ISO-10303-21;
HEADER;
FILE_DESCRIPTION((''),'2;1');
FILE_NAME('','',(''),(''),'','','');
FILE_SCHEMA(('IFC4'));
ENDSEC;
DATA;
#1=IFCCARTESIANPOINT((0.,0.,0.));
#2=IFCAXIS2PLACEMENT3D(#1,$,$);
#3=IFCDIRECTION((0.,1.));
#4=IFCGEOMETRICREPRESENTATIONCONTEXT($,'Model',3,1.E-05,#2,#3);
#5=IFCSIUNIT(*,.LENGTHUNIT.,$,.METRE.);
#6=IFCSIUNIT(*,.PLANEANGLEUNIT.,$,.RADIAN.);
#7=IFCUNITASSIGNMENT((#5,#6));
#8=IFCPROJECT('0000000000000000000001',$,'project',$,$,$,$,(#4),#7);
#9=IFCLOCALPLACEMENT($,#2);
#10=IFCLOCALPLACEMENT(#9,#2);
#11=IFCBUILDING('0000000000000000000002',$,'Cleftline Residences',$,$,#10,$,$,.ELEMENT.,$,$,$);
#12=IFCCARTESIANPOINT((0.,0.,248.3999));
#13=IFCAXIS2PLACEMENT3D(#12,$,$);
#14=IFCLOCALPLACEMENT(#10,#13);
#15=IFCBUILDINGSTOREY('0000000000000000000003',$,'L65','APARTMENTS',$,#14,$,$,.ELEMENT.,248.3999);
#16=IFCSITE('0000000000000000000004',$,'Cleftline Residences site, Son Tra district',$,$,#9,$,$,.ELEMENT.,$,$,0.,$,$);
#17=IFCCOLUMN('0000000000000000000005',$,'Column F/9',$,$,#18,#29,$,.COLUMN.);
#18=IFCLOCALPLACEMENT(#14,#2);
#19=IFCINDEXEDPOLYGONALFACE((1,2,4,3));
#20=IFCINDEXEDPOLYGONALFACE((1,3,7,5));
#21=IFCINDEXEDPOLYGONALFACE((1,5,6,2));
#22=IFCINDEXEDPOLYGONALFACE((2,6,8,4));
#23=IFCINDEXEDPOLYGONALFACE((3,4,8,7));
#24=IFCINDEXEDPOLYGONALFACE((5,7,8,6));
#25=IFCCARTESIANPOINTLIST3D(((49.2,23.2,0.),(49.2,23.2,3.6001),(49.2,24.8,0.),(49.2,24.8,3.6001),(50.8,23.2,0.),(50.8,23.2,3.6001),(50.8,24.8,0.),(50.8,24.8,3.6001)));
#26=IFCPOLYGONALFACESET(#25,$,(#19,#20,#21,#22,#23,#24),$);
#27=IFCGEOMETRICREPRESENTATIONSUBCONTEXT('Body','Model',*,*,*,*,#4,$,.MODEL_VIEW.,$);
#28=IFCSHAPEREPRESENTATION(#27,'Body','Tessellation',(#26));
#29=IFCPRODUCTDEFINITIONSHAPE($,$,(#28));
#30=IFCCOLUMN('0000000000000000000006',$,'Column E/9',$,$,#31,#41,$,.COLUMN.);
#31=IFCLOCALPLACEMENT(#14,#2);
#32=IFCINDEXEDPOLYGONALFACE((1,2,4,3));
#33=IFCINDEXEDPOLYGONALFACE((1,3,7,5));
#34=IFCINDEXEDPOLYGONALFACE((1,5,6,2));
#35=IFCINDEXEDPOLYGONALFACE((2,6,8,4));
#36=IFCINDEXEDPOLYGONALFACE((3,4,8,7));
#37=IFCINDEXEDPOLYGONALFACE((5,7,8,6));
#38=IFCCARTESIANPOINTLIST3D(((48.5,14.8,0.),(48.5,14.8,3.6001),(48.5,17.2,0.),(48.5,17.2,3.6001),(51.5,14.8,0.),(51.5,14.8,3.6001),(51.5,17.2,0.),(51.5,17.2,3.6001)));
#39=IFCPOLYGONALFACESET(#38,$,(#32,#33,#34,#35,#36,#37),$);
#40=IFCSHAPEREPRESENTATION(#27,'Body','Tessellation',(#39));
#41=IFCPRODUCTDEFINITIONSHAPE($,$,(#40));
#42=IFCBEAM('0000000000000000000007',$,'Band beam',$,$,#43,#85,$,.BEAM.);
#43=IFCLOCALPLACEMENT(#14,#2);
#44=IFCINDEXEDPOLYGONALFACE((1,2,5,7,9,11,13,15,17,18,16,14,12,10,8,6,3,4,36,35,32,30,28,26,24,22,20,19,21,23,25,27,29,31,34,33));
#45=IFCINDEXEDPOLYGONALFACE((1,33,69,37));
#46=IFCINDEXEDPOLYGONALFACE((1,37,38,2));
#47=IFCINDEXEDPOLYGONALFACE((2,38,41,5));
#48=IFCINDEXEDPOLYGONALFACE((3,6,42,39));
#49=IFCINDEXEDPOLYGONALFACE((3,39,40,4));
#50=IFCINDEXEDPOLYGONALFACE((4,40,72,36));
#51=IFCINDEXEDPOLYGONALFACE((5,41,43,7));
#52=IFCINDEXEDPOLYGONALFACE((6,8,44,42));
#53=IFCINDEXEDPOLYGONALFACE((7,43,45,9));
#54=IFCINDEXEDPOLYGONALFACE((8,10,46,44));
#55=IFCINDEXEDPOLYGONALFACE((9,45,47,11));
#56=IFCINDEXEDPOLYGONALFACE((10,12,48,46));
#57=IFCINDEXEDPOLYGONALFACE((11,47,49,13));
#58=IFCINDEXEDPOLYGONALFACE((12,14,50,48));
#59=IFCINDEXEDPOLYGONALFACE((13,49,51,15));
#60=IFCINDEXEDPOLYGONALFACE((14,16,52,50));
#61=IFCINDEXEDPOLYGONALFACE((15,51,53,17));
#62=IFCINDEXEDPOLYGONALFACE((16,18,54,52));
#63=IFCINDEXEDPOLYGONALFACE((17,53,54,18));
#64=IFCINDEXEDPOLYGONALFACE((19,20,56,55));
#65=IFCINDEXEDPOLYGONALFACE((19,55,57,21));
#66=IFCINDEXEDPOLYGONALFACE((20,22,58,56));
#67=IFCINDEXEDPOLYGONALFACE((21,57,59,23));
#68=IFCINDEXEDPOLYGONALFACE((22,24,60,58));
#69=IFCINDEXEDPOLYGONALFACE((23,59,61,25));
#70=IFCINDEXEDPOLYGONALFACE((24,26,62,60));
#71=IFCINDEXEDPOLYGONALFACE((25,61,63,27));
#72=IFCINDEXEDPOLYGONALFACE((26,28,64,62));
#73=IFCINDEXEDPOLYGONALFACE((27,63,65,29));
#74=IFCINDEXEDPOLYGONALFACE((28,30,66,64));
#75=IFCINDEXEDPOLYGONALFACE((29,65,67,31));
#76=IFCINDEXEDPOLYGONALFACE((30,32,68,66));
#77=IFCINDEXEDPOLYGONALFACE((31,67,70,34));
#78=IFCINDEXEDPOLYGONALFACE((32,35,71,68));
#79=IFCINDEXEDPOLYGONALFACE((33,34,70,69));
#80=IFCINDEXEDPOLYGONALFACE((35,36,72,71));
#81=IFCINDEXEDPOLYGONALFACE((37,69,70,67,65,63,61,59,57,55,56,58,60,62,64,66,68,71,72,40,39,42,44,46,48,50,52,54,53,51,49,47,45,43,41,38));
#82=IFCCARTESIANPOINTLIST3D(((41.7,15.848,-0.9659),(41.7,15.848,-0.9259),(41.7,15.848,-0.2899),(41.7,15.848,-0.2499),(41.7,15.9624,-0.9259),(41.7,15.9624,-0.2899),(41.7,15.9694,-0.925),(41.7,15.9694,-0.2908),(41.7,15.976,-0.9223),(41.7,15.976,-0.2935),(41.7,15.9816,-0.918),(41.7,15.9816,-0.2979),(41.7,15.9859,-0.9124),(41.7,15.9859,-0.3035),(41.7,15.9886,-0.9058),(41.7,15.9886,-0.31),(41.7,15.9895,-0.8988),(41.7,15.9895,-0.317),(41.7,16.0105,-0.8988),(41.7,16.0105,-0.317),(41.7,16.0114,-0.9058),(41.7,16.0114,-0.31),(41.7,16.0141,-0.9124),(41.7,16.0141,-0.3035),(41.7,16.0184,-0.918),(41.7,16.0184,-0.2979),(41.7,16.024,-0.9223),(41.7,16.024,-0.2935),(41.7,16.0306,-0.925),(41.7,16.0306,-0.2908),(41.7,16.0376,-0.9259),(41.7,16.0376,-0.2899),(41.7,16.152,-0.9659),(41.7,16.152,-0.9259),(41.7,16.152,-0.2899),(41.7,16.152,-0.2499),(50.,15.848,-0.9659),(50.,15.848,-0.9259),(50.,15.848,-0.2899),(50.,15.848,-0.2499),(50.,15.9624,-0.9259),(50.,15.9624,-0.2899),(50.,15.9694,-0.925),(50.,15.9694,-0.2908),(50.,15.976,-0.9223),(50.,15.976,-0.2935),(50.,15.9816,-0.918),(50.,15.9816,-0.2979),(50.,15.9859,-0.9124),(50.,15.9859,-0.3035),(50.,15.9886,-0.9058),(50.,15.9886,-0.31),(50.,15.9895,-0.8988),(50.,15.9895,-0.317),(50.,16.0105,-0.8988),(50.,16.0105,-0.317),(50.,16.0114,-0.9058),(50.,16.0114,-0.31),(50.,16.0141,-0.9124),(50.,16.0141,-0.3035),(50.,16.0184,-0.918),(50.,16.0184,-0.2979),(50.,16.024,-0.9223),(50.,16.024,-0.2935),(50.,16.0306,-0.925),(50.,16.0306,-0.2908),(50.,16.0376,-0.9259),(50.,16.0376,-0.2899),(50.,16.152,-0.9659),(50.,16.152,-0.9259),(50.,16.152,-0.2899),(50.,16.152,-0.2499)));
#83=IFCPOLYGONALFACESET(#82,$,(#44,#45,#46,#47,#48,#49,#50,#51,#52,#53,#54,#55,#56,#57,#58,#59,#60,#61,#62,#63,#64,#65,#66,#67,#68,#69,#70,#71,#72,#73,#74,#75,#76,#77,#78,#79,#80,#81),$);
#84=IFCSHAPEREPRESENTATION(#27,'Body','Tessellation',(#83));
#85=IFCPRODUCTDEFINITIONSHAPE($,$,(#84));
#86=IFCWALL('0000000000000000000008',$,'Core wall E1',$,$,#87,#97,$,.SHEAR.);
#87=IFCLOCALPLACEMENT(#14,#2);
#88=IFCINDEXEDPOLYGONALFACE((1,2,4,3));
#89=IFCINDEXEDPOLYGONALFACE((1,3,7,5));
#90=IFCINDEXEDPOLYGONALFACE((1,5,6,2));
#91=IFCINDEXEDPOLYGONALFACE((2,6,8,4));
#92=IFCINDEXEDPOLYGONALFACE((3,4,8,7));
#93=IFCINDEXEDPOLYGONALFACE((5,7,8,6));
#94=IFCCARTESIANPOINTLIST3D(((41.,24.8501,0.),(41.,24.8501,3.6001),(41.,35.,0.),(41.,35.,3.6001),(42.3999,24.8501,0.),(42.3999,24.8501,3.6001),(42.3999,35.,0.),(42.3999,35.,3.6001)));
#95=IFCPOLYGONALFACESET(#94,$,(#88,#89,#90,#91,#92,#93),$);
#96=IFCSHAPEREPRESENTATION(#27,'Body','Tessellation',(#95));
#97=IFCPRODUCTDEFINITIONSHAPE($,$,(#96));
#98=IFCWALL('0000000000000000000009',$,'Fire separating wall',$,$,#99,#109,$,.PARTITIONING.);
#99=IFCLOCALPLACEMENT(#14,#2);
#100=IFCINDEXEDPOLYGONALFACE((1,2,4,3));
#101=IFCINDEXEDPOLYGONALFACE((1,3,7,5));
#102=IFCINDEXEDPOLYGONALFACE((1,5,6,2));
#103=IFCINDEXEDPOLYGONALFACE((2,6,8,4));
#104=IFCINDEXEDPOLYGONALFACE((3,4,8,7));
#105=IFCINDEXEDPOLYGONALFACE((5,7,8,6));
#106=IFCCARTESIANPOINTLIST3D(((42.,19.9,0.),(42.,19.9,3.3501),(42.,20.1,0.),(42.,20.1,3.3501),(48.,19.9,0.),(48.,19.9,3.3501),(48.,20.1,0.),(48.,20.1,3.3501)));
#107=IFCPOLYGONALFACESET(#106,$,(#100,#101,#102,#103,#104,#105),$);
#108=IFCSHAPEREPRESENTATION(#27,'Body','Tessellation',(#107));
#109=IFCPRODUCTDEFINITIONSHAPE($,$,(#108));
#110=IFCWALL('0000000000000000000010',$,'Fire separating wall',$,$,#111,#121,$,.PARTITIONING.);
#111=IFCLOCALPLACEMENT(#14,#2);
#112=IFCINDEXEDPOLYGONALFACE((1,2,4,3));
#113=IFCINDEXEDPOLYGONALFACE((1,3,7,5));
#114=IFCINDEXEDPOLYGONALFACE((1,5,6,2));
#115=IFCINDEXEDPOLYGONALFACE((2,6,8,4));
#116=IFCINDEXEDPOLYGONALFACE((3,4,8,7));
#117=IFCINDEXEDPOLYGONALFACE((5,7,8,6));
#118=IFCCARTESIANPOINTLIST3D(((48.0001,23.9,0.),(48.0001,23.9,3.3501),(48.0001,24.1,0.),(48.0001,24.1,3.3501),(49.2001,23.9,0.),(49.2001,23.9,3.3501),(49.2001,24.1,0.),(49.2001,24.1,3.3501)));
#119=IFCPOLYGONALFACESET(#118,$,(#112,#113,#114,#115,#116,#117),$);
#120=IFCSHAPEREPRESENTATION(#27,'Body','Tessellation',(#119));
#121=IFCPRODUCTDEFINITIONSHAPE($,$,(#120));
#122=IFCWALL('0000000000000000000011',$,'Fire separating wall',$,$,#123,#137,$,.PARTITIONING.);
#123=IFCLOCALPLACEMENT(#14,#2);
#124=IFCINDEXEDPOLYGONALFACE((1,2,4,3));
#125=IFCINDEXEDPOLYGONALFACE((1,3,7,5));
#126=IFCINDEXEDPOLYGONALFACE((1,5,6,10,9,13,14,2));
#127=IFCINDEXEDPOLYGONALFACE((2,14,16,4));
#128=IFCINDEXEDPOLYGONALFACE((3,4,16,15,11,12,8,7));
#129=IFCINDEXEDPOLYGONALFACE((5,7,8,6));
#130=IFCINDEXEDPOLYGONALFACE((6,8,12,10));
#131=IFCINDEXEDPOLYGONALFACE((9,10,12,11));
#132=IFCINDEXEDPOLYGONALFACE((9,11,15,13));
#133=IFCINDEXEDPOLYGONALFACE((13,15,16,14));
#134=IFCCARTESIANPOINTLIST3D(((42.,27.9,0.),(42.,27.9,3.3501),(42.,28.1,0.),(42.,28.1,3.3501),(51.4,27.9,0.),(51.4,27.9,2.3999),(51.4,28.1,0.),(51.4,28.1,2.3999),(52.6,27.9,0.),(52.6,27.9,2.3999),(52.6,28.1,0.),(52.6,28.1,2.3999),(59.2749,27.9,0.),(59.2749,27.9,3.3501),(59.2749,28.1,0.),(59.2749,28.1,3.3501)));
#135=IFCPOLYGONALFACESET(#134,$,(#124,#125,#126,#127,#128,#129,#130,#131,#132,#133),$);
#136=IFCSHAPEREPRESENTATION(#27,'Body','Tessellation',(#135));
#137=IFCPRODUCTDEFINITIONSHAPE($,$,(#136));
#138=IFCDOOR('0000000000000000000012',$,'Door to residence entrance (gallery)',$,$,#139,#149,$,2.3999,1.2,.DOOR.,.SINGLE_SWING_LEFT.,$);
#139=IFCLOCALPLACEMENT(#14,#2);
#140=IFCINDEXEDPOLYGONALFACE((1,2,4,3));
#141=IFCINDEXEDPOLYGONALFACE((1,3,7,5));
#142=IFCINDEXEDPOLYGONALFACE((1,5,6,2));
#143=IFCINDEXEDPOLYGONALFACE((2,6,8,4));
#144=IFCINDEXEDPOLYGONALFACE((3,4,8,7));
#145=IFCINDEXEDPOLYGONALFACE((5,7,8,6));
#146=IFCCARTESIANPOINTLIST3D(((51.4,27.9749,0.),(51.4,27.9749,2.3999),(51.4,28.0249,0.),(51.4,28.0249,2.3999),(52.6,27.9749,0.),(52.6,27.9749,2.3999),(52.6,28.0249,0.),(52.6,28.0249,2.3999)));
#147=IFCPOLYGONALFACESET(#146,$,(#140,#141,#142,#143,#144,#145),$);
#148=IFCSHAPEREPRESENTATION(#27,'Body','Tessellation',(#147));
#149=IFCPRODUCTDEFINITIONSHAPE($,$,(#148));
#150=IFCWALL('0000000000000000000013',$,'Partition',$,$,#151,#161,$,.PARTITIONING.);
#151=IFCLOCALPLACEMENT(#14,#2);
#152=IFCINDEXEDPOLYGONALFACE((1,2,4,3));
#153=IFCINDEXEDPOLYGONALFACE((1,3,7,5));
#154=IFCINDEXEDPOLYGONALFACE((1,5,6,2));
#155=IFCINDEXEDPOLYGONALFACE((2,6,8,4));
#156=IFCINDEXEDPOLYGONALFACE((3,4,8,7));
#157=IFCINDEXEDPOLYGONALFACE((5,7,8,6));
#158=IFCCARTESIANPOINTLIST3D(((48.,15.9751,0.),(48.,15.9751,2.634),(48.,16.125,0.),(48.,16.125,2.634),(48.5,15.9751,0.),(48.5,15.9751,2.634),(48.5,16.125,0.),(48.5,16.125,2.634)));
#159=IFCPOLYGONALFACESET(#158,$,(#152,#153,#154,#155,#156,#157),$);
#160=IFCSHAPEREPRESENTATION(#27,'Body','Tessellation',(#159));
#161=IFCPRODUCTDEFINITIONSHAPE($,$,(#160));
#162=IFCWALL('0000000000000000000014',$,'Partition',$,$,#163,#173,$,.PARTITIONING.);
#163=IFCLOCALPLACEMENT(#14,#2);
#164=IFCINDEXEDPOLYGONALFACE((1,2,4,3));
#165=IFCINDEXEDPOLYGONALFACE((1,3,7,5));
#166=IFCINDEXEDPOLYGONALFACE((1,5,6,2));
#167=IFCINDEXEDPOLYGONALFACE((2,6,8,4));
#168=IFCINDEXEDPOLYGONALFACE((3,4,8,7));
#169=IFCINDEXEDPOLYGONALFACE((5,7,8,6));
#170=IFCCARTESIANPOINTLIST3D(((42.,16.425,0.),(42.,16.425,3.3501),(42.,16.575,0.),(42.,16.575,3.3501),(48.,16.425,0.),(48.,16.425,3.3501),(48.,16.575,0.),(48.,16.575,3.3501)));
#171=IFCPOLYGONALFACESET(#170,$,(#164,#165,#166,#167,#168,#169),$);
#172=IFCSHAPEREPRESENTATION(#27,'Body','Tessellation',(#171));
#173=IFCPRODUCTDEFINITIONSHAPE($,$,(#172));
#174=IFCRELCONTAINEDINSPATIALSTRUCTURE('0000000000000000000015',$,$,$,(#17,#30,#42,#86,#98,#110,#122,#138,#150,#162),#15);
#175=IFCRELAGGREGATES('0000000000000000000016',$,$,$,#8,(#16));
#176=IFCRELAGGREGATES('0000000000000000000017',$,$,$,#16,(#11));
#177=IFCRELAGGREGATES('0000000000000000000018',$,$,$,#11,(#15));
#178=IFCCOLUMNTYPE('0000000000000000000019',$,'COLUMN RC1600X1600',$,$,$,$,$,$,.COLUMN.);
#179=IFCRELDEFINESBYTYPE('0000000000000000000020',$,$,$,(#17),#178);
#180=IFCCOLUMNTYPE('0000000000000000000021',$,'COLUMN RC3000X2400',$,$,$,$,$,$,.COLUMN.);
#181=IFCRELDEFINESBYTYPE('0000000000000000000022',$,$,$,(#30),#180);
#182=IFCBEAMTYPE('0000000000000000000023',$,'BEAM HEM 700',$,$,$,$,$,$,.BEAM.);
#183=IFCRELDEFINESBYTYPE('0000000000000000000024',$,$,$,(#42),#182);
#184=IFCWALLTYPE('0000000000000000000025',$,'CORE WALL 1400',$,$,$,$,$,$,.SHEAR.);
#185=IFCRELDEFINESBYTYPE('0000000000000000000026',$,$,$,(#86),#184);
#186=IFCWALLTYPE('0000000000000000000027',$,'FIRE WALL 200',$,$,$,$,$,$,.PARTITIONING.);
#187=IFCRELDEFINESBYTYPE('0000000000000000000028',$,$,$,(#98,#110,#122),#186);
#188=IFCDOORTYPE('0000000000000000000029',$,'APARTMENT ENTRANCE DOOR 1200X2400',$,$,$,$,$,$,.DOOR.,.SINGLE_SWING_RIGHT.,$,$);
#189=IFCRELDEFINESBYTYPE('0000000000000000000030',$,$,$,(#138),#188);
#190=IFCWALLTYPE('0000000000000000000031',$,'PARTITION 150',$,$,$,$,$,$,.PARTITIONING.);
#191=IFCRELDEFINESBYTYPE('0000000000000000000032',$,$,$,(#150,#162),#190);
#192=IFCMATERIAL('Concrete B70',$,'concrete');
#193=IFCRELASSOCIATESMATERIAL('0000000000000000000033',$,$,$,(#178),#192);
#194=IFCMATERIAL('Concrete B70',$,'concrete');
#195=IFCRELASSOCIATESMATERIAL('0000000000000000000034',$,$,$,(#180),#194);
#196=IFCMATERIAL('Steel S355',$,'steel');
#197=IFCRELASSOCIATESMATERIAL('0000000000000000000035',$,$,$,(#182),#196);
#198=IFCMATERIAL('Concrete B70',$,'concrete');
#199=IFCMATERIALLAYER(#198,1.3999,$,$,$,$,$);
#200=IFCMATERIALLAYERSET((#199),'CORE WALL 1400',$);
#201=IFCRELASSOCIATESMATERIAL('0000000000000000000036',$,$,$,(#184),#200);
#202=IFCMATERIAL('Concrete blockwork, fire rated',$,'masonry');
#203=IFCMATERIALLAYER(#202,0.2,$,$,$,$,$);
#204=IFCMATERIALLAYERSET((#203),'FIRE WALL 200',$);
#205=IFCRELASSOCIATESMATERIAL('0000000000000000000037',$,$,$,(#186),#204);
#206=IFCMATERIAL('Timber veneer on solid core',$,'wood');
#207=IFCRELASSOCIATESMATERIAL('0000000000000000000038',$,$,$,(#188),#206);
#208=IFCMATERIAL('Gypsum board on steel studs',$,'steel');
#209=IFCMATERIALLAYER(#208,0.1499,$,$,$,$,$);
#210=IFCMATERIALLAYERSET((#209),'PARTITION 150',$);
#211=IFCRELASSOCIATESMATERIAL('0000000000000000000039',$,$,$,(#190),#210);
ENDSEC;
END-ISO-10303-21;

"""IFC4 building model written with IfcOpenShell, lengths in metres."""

from ifc_helpers import new_model, si_unit, direction, frame, frame_2d, origin, origin_2d, place, context, subcontext, project, spatial, rectangle, i_section, extrude, material, layer, layer_set, material_profile, profile_set, type_object, element, fill, save


model = new_model("IFC4")

# Units and contexts
model_context = context("Model", 3, precision=1e-05, world=origin(), true_north=direction((0.0, 1.0)))
body_context = subcontext(model_context, "Body", "Model", "MODEL_VIEW")
ifc_project = project(units=[si_unit("LENGTHUNIT", "METRE"), si_unit("PLANEANGLEUNIT", "RADIAN")], contexts=[model_context])

# Site, building, storey
site_placement = place(None, origin())
site = spatial("IfcSite", under=ifc_project, at=site_placement, Name="Cleftline Residences site, Son Tra district", CompositionType="ELEMENT", RefElevation=0.0)
building_placement = place(site_placement, origin())
building = spatial("IfcBuilding", under=site, at=building_placement, Name="Cleftline Residences", CompositionType="ELEMENT")
storey_placement = place(building_placement, frame((0.0, 0.0, 248.3999)))
storey = spatial("IfcBuildingStorey", under=building, at=storey_placement, Name="L65", Description="APARTMENTS", CompositionType="ELEMENT", Elevation=248.3999)

# Columns
ifc_material_1 = material(Name="Concrete B70", Category="concrete")
ifc_material_profile_1 = material_profile(ifc_material_1, rectangle(XDim=1.6001, YDim=1.6001, at=origin_2d()))
ifc_profile_set_1 = profile_set([ifc_material_profile_1], Name="Concrete B70")
column_type_1 = type_object("IfcColumnType", Name="COLUMN RC1600X1600", PredefinedType="COLUMN", material=ifc_profile_set_1)
column_1_placement = place(storey_placement, frame((50.0, 24.0, 0.0), z_axis=(0.0, 0.0, 1.0), x_axis=(1.0, 0.0, 0.0)))
element("IfcColumn", 1, at=column_1_placement, inside=storey, type_object=column_type_1, Name="Column F/9", PredefinedType="COLUMN", context=body_context, shape_type="SweptSolid", body=[
    extrude(rectangle(XDim=1.6001, YDim=1.6001, at=origin_2d()), origin(), (0.0, 0.0, 1.0), 3.6001),
])
ifc_material_2 = material(Name="Concrete B70", Category="concrete")
ifc_material_profile_2 = material_profile(ifc_material_2, rectangle(XDim=3.0, YDim=2.3999, at=origin_2d()))
ifc_profile_set_2 = profile_set([ifc_material_profile_2], Name="Concrete B70")
column_type_2 = type_object("IfcColumnType", Name="COLUMN RC3000X2400", PredefinedType="COLUMN", material=ifc_profile_set_2)
column_2_placement = place(storey_placement, frame((50.0, 16.0, 0.0), z_axis=(0.0, 0.0, 1.0), x_axis=(1.0, 0.0, 0.0)))
element("IfcColumn", 2, at=column_2_placement, inside=storey, type_object=column_type_2, Name="Column E/9", PredefinedType="COLUMN", context=body_context, shape_type="SweptSolid", body=[
    extrude(rectangle(XDim=3.0, YDim=2.3999, at=origin_2d()), origin(), (0.0, 0.0, 1.0), 3.6001),
])

# Beam
ifc_material_3 = material(Name="Steel S355", Category="steel")
ifc_material_profile_3 = material_profile(ifc_material_3, i_section(OverallWidth=0.304, OverallDepth=0.7161, WebThickness=0.021, FlangeThickness=0.04, FilletRadius=0.0271, at=origin_2d()))
ifc_profile_set_3 = profile_set([ifc_material_profile_3], Name="Steel S355")
beam_type = type_object("IfcBeamType", Name="BEAM HEM 700", PredefinedType="BEAM", material=ifc_profile_set_3)
beam_placement = place(storey_placement, frame((50.0, 16.0, -0.6079), z_axis=(-1.0, 0.0, 0.0), x_axis=(0.0, -1.0, 0.0)))
element("IfcBeam", 3, at=beam_placement, inside=storey, type_object=beam_type, Name="Band beam", PredefinedType="BEAM", context=body_context, shape_type="SweptSolid", body=[
    extrude(i_section(OverallWidth=0.304, OverallDepth=0.7161, WebThickness=0.021, FlangeThickness=0.04, FilletRadius=0.0271, at=origin_2d()), origin(), (0.0, 0.0, 1.0), 8.3),
])

# Walls
ifc_material_4 = material(Name="Concrete B70", Category="concrete")
ifc_layer_1 = layer(ifc_material_4, 1.3999)
ifc_layer_set_1 = layer_set([ifc_layer_1], Name="CORE WALL 1400")
wall_type_1 = type_object("IfcWallType", Name="CORE WALL 1400", PredefinedType="SHEAR", material=ifc_layer_set_1)
wall_1_placement = place(storey_placement, frame((41.7, 24.8501, 0.0), z_axis=(0.0, 0.0, 1.0), x_axis=(0.0, 1.0, 0.0)))
element("IfcWall", 4, at=wall_1_placement, inside=storey, type_object=wall_type_1, Name="Core wall E1", PredefinedType="SHEAR", context=body_context, shape_type="SweptSolid", body=[
    extrude(rectangle(XDim=10.1499, YDim=1.3999, at=frame_2d((5.075, 0.0))), origin(), (0.0, 0.0, 1.0), 3.6001),
])
ifc_material_5 = material(Name="Concrete blockwork, fire rated", Category="masonry")
ifc_layer_2 = layer(ifc_material_5, 0.2)
ifc_layer_set_2 = layer_set([ifc_layer_2], Name="FIRE WALL 200")
wall_type_2 = type_object("IfcWallType", Name="FIRE WALL 200", PredefinedType="PARTITIONING", material=ifc_layer_set_2)
wall_2_placement = place(storey_placement, frame((42.0, 20.0, 0.0), z_axis=(0.0, 0.0, 1.0), x_axis=(1.0, 0.0, 0.0)))
element("IfcWall", 5, at=wall_2_placement, inside=storey, type_object=wall_type_2, Name="Fire separating wall", PredefinedType="PARTITIONING", context=body_context, shape_type="SweptSolid", body=[
    extrude(rectangle(XDim=6.0, YDim=0.2, at=frame_2d((3.0, 0.0))), origin(), (0.0, 0.0, 1.0), 3.3501),
])
wall_3_placement = place(storey_placement, frame((48.0, 24.0, 0.0), z_axis=(0.0, 0.0, 1.0), x_axis=(1.0, 0.0, 0.0)))
element("IfcWall", 6, at=wall_3_placement, inside=storey, type_object=wall_type_2, Name="Fire separating wall", PredefinedType="PARTITIONING", context=body_context, shape_type="SweptSolid", body=[
    extrude(rectangle(XDim=1.2, YDim=0.2, at=frame_2d((0.6001, 0.0))), origin(), (0.0, 0.0, 1.0), 3.3501),
])

# Wall, opening, door
wall_4_placement = place(storey_placement, frame((42.0, 28.0, 0.0), z_axis=(0.0, 0.0, 1.0), x_axis=(1.0, 0.0, 0.0)))
wall_4 = element("IfcWall", 7, at=wall_4_placement, inside=storey, type_object=wall_type_2, Name="Fire separating wall", PredefinedType="PARTITIONING", context=body_context, shape_type="SweptSolid", body=[
    extrude(rectangle(XDim=17.2749, YDim=0.2, at=frame_2d((8.6375, 0.0))), origin(), (0.0, 0.0, 1.0), 3.3501),
])
opening_1_placement = place(wall_4_placement, frame((9.3999, 0.0, 0.0)))
opening_1 = element("IfcOpeningElement", 8, at=opening_1_placement, cuts=wall_4, PredefinedType="OPENING", context=body_context, shape_type="SweptSolid", body=[
    extrude(rectangle(XDim=1.2, YDim=2.3999, at=frame_2d((0.6001, 1.2))), frame((0.0, 0.1099, 0.0), z_axis=(0.0, -1.0, 0.0), x_axis=(1.0, 0.0, 0.0)), (0.0, 0.0, 1.0), 0.22),
])
ifc_material_6 = material(Name="Timber veneer on solid core", Category="wood")
door_type_1 = type_object("IfcDoorType", Name="APARTMENT ENTRANCE DOOR 1200X2400", OperationType="SINGLE_SWING_RIGHT", PredefinedType="DOOR", material=ifc_material_6)
door_1_placement = place(opening_1_placement, origin())
door_1 = element("IfcDoor", 9, at=door_1_placement, inside=storey, type_object=door_type_1, Name="Door to residence entrance (gallery)", OperationType="SINGLE_SWING_LEFT", OverallHeight=2.3999, OverallWidth=1.2, PredefinedType="DOOR", context=body_context, shape_type="SweptSolid", body=[
    extrude(rectangle(XDim=1.2, YDim=2.3999, at=frame_2d((0.6001, 1.2))), frame((0.0, 0.0249, 0.0), z_axis=(0.0, -1.0, 0.0), x_axis=(1.0, 0.0, 0.0)), (0.0, 0.0, 1.0), 0.05),
])
fill(opening_1, door_1)

# Walls
ifc_material_7 = material(Name="Gypsum board on steel studs", Category="steel")
ifc_layer_3 = layer(ifc_material_7, 0.1499)
ifc_layer_set_3 = layer_set([ifc_layer_3], Name="PARTITION 150")
wall_type_3 = type_object("IfcWallType", Name="PARTITION 150", PredefinedType="PARTITIONING", material=ifc_layer_set_3)
wall_5_placement = place(storey_placement, frame((48.0, 16.05, 0.0), z_axis=(0.0, 0.0, 1.0), x_axis=(1.0, 0.0, 0.0)))
element("IfcWall", 10, at=wall_5_placement, inside=storey, type_object=wall_type_3, Name="Partition", PredefinedType="PARTITIONING", context=body_context, shape_type="SweptSolid", body=[
    extrude(rectangle(XDim=0.5, YDim=0.1499, at=frame_2d((0.25, 0.0))), origin(), (0.0, 0.0, 1.0), 2.634),
])
for number, where, z_axis, x_axis, name in (
    (11, (42.0, 16.5, 0.0), (0.0, 0.0, 1.0), (1.0, 0.0, 0.0), "Partition"),
):
    element("IfcWall", number, at=place(storey_placement, frame(where, z_axis=z_axis, x_axis=x_axis)), inside=storey, type_object=wall_type_3, Name=name, PredefinedType="PARTITIONING", context=body_context, shape_type="SweptSolid", body=[
        extrude(rectangle(XDim=6.0, YDim=0.1499, at=frame_2d((3.0, 0.0))), origin(), (0.0, 0.0, 1.0), 3.3501),
    ])

save(model, "model.ifc")
